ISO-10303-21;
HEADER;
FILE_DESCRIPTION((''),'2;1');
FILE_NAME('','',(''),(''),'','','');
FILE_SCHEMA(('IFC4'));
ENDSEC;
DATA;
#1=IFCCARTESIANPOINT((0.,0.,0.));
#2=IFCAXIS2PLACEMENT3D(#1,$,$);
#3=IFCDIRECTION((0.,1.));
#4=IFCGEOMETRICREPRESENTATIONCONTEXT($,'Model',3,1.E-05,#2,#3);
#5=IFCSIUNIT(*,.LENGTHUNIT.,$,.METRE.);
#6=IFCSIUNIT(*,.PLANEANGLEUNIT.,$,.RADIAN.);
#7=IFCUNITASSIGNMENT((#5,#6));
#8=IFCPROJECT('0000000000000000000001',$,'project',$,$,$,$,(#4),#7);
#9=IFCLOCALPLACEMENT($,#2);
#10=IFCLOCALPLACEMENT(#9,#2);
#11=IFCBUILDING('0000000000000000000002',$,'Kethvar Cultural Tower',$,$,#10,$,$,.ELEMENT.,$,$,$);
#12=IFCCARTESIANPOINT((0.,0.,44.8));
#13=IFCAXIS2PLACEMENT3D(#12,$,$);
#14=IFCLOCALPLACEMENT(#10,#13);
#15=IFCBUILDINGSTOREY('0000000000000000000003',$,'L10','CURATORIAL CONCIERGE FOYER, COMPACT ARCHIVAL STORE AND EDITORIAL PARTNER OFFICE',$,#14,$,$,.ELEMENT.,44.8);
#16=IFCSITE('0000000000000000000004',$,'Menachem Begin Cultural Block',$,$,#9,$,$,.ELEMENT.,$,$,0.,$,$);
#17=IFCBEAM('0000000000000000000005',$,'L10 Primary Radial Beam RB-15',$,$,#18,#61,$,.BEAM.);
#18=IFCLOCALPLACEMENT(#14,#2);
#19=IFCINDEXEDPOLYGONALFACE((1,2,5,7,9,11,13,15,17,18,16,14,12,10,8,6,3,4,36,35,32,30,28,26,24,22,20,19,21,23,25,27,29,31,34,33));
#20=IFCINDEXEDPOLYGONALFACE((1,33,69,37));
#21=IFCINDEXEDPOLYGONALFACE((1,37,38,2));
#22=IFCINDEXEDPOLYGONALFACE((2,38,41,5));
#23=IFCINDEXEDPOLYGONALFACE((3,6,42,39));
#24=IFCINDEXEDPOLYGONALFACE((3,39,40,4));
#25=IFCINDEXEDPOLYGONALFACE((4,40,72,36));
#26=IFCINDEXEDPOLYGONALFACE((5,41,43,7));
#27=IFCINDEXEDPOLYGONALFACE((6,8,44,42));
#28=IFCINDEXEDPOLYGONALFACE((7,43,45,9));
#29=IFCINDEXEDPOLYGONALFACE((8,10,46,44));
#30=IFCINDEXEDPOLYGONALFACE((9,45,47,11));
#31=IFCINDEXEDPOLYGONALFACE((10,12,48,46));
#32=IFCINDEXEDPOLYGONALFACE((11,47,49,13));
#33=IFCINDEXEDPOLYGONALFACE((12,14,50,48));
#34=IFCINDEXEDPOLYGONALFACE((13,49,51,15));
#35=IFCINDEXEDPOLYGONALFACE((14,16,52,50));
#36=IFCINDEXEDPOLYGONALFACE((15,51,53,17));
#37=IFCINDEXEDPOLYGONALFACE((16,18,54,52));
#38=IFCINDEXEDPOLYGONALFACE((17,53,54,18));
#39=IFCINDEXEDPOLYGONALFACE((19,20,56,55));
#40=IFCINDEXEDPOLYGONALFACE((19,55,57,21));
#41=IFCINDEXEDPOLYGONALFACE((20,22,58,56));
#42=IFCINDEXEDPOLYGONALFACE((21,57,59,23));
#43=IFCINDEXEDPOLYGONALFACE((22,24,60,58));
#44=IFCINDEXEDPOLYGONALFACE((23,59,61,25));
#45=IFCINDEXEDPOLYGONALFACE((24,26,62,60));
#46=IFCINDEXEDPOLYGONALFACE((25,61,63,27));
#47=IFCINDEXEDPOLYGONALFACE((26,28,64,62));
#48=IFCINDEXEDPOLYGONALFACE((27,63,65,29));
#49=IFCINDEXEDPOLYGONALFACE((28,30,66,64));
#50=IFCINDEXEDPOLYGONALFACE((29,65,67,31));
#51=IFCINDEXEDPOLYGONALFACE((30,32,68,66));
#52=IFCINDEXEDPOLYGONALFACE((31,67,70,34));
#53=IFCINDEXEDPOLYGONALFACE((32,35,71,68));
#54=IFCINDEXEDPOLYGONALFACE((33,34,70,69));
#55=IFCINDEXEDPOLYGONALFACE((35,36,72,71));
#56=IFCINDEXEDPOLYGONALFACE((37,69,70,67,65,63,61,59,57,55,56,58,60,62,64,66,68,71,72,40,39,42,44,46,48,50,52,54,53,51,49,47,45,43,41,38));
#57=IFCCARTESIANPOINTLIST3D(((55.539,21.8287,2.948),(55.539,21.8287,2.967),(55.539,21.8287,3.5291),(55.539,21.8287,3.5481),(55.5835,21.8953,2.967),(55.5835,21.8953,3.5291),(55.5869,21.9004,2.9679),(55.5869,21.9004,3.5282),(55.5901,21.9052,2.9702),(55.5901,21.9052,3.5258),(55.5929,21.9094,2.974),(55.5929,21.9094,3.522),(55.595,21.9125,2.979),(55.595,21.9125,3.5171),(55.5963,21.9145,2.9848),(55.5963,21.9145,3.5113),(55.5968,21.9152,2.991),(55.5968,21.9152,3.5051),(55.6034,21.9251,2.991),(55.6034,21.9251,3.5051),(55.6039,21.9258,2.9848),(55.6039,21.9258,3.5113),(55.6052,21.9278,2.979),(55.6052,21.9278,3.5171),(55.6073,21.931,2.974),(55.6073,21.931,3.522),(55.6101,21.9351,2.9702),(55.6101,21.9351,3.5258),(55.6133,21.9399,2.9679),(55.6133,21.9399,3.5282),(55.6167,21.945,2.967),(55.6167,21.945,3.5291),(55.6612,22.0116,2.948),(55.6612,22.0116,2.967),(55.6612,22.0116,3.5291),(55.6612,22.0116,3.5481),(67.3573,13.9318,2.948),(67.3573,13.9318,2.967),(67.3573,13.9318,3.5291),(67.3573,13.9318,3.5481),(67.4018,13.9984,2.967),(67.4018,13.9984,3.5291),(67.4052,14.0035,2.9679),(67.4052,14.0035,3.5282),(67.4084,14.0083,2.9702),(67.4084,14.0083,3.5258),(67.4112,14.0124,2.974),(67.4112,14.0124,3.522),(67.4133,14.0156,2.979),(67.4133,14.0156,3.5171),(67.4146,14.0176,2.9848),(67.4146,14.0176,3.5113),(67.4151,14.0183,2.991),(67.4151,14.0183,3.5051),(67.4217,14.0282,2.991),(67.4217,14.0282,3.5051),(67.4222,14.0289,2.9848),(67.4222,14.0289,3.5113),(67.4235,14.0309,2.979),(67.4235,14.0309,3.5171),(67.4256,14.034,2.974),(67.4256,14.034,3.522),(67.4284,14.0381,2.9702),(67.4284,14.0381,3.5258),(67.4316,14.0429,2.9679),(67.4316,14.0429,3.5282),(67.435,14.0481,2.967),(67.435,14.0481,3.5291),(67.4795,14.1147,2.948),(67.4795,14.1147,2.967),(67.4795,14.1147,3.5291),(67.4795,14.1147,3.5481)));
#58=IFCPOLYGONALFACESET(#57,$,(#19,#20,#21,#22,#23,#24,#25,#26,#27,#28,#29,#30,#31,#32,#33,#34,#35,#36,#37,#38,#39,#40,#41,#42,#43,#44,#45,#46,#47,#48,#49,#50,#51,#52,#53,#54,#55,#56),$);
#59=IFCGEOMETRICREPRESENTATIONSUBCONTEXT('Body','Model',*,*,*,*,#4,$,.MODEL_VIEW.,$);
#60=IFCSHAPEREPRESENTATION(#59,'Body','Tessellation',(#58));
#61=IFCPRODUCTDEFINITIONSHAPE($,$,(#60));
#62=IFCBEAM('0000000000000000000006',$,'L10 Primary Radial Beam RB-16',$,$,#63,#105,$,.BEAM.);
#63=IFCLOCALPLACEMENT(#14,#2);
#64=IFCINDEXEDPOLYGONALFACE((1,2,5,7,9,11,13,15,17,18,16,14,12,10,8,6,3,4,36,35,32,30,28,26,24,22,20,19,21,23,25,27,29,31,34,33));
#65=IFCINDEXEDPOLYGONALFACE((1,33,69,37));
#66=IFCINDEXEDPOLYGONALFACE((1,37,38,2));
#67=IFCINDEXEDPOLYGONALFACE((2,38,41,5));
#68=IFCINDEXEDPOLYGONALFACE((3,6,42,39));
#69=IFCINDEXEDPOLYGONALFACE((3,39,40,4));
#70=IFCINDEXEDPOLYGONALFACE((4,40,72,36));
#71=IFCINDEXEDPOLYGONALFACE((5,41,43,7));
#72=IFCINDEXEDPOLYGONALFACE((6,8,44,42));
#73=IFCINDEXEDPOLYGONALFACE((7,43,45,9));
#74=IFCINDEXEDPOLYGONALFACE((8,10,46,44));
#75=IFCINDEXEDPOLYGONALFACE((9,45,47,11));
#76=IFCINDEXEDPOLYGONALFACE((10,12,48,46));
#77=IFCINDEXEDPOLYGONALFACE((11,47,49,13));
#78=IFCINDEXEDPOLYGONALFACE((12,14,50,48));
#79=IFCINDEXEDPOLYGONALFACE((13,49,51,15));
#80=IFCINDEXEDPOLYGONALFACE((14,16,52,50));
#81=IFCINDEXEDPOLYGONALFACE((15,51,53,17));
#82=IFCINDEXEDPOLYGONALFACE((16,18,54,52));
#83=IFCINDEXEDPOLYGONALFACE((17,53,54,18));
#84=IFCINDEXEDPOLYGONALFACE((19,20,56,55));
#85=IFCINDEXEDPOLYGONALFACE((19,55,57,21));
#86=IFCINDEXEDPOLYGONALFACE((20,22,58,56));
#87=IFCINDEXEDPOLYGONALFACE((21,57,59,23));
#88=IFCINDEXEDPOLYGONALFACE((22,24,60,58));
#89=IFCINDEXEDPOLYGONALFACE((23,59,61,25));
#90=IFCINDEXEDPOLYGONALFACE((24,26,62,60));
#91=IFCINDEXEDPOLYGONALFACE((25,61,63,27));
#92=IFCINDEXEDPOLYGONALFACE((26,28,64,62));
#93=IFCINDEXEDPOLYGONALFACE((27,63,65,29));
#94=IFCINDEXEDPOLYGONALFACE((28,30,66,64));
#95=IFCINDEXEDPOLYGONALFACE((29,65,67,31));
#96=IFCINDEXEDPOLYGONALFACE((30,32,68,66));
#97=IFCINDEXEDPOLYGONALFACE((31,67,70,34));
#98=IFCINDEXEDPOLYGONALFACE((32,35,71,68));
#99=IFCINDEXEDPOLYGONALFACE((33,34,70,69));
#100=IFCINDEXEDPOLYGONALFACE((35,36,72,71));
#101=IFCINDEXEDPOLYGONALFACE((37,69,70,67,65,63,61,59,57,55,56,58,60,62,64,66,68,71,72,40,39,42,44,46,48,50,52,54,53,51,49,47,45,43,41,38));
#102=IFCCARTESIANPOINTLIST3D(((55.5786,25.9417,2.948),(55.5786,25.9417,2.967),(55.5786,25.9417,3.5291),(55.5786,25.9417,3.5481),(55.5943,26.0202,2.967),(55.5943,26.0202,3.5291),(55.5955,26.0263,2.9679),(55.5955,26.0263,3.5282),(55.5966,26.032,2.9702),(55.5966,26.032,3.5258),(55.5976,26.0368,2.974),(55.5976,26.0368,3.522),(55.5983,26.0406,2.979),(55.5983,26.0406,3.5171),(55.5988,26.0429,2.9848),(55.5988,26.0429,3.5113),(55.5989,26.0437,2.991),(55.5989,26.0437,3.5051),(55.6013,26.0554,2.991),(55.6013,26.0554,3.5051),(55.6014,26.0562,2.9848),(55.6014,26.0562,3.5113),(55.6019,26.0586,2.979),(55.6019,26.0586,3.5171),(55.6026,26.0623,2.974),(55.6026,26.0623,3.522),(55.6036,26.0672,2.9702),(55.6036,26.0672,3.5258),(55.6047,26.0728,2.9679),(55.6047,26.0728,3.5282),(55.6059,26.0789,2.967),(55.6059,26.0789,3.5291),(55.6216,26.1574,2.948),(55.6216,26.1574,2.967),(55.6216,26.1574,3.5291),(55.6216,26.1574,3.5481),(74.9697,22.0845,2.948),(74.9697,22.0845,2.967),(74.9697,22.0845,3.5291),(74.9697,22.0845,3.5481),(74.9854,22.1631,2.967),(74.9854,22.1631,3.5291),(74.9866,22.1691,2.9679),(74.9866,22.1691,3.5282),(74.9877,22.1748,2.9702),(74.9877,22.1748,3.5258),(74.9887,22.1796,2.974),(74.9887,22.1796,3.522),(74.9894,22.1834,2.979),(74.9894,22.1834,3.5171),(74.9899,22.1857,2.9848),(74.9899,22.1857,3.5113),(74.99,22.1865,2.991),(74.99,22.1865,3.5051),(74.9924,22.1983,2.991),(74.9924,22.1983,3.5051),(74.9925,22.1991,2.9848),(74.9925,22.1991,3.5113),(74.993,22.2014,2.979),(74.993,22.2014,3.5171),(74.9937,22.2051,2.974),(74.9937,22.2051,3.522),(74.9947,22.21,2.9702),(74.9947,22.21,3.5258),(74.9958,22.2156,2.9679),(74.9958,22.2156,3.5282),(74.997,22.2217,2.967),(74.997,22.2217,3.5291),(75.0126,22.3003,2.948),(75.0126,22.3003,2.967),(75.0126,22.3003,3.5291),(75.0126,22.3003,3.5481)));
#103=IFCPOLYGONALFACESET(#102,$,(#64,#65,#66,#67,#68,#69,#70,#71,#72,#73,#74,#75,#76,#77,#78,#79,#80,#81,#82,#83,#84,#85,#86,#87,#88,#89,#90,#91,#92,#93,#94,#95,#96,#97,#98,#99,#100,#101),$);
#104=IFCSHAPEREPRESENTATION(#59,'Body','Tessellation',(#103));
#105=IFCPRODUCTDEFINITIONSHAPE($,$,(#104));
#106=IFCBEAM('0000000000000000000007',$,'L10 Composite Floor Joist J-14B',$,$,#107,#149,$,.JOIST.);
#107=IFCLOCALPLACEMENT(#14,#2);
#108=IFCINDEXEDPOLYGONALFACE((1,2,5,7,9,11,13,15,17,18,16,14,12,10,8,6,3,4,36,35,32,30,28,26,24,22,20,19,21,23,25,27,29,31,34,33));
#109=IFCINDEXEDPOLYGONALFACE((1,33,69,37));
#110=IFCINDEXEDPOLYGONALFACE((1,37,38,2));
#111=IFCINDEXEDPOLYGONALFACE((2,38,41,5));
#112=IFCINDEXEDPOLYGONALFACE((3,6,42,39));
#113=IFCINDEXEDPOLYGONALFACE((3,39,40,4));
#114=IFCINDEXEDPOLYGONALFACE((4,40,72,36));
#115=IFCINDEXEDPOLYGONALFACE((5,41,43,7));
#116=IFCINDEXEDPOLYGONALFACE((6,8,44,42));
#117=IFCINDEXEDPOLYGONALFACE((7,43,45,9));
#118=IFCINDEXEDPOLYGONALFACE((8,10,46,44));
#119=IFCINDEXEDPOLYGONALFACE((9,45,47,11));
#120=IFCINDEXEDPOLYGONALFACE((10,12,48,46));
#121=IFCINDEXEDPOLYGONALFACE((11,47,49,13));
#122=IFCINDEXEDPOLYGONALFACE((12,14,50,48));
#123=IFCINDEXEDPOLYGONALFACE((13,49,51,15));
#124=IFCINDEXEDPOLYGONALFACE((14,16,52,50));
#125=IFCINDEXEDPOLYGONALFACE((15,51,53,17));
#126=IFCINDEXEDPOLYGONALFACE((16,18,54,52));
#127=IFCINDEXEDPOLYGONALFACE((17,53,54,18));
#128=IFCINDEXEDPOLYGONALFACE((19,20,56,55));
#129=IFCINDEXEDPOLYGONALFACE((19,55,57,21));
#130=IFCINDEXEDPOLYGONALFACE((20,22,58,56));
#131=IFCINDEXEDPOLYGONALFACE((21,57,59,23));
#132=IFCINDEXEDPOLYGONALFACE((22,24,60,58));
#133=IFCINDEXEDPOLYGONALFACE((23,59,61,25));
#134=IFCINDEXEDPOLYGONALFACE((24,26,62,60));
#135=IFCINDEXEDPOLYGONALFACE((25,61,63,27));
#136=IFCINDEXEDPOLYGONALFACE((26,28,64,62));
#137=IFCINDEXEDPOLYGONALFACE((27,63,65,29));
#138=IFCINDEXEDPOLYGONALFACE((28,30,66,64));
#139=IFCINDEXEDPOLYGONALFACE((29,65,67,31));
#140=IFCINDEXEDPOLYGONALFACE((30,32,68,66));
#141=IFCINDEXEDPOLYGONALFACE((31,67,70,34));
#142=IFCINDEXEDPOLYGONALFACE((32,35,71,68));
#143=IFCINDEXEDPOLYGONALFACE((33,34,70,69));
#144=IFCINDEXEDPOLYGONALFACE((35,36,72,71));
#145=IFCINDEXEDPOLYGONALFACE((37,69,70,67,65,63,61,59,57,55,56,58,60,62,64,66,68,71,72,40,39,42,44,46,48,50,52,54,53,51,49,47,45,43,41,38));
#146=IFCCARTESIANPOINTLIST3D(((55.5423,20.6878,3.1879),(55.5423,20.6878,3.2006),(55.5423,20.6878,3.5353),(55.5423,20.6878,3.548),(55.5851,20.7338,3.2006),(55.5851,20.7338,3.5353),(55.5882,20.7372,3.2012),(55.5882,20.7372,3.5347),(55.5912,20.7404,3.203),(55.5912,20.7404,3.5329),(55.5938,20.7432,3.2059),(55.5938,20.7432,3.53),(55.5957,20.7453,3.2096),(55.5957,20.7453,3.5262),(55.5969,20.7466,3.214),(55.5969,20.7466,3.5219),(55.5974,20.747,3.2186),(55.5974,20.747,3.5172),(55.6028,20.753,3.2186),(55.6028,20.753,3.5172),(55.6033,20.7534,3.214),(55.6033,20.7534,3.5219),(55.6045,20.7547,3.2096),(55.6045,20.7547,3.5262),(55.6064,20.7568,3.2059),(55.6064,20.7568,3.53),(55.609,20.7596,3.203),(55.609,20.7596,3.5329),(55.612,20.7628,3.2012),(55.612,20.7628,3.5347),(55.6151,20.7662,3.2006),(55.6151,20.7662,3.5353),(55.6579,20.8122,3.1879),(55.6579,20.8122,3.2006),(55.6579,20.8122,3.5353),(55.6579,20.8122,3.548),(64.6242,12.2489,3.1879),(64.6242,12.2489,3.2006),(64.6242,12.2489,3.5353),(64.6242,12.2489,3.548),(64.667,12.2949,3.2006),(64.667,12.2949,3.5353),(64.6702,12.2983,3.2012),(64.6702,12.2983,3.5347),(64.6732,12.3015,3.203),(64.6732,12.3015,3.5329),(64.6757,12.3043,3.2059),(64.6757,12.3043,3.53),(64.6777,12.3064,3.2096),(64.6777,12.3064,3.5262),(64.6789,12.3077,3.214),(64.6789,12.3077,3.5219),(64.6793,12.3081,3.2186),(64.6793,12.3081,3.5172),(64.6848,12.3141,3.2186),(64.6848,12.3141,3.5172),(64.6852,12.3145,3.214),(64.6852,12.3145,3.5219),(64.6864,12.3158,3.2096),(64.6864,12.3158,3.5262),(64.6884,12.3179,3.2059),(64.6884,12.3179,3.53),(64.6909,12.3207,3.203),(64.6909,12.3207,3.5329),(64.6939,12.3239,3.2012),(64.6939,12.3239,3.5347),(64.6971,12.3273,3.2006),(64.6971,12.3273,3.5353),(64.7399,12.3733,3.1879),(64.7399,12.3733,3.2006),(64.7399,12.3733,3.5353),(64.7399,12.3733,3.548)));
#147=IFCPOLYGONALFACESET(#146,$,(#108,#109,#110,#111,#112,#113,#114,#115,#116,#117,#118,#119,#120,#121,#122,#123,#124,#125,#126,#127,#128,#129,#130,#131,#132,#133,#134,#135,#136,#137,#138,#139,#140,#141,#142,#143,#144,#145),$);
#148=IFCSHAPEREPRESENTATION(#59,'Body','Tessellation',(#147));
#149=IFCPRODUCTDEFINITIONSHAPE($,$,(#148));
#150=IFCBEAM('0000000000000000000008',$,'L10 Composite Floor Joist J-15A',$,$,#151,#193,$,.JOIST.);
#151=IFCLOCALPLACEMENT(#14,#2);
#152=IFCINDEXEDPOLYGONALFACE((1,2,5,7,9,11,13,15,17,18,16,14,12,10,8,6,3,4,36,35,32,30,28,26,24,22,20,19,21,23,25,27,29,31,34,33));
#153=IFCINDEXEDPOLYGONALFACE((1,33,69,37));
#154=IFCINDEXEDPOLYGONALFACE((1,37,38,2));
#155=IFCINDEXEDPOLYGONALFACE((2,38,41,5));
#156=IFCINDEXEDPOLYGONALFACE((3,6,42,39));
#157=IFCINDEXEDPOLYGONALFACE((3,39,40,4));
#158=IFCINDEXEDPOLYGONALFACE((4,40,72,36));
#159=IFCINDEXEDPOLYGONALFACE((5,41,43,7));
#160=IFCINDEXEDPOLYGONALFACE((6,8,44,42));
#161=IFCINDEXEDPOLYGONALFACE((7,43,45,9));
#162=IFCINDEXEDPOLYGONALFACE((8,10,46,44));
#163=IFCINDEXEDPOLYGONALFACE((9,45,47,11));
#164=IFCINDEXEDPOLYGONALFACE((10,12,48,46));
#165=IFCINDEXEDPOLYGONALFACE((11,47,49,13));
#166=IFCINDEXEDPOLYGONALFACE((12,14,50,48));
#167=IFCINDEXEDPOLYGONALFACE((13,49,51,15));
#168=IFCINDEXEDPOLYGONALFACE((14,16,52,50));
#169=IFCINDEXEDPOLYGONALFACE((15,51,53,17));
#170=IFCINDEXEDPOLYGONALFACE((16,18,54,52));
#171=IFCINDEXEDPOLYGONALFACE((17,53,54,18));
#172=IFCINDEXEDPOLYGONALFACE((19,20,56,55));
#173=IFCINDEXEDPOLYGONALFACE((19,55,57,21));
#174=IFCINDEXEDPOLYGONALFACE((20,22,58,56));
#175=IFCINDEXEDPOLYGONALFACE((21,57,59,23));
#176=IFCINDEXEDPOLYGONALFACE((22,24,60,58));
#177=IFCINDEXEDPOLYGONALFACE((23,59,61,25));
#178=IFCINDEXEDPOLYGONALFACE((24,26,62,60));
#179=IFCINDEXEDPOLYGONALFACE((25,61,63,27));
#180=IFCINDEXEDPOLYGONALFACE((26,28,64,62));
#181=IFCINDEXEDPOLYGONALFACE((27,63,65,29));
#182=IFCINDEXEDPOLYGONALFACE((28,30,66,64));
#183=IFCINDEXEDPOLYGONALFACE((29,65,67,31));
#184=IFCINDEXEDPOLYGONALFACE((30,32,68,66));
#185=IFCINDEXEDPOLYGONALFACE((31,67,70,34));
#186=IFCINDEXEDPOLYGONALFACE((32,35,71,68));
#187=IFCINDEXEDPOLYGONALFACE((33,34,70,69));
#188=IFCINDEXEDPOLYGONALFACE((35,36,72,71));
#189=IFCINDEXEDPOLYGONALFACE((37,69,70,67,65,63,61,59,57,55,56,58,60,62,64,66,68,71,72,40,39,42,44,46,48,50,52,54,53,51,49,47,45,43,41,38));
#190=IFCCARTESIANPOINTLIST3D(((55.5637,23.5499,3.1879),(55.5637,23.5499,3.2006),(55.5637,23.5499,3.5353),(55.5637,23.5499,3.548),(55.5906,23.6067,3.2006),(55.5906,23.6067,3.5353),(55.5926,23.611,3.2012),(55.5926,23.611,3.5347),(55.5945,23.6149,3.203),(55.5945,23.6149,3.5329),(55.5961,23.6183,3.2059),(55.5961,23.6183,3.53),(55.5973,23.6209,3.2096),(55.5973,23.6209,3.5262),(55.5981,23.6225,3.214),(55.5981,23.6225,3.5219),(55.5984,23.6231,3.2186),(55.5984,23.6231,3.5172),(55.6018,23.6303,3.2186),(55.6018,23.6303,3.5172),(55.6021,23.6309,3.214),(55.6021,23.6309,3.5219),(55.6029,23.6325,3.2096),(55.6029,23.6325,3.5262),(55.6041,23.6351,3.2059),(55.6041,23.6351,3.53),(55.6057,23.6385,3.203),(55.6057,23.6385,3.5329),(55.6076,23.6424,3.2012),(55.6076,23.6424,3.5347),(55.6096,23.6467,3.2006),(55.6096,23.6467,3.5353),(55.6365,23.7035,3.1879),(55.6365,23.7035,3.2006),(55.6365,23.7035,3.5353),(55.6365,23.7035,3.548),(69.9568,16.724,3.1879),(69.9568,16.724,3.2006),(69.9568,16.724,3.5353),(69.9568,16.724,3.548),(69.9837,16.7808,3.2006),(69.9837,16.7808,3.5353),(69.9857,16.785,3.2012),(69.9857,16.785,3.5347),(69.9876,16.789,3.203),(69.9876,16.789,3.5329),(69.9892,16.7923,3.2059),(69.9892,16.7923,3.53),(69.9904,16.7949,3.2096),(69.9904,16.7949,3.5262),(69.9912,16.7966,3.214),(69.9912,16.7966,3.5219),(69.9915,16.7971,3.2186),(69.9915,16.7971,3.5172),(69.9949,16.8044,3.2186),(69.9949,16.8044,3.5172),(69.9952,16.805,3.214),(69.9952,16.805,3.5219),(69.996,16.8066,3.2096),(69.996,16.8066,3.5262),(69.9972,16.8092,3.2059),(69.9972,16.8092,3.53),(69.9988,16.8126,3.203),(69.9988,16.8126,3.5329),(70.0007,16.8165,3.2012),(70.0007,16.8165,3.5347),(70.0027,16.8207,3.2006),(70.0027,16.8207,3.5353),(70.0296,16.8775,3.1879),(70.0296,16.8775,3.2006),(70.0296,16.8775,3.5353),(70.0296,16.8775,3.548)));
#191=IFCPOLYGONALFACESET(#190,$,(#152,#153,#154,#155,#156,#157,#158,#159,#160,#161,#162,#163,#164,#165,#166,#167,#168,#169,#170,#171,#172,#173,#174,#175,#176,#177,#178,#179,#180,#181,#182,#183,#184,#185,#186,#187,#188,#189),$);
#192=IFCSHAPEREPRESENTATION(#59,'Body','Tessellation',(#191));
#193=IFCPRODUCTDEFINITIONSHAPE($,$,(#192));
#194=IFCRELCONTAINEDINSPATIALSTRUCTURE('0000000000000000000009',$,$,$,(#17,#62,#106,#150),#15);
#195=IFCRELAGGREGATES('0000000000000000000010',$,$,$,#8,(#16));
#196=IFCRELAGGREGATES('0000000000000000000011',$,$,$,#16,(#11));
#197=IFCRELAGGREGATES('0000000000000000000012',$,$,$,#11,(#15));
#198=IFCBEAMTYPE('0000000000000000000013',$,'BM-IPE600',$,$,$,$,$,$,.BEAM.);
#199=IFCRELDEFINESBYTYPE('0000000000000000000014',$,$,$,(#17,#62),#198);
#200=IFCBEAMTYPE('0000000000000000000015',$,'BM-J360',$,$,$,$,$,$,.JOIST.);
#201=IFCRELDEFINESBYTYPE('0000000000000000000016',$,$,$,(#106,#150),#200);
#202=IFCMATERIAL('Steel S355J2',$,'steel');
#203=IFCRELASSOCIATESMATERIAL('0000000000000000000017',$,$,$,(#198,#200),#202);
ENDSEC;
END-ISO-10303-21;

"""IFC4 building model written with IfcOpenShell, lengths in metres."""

from ifc_helpers import new_model, si_unit, direction, frame, origin, origin_2d, place, context, subcontext, project, spatial, i_section, extrude, source, transform, mapped, material, material_profile, profile_set, type_object, element, save


model = new_model("IFC4")

# Units and contexts
model_context = context("Model", 3, precision=1e-05, world=origin(), true_north=direction((0.0, 1.0)))
body_context = subcontext(model_context, "Body", "Model", "MODEL_VIEW")
ifc_project = project(units=[si_unit("LENGTHUNIT", "METRE"), si_unit("PLANEANGLEUNIT", "RADIAN")], contexts=[model_context])

# Site, building, storey
site_placement = place(None, origin())
site = spatial("IfcSite", under=ifc_project, at=site_placement, Name="Menachem Begin Cultural Block", CompositionType="ELEMENT", RefElevation=0.0)
building_placement = place(site_placement, origin())
building = spatial("IfcBuilding", under=site, at=building_placement, Name="Kethvar Cultural Tower", CompositionType="ELEMENT")
storey_placement = place(building_placement, frame((0.0, 0.0, 44.8)))
storey = spatial("IfcBuildingStorey", under=building, at=storey_placement, Name="L10", Description="CURATORIAL CONCIERGE FOYER, COMPACT ARCHIVAL STORE AND EDITORIAL PARTNER OFFICE", CompositionType="ELEMENT", Elevation=44.8)

# Beams
ifc_material_1 = material(Name="Steel S355J2", Category="steel")
ifc_material_profile_1 = material_profile(ifc_material_1, i_section(OverallWidth=0.22, OverallDepth=0.6001, WebThickness=0.012, FlangeThickness=0.019, FilletRadius=0.0239, at=origin_2d()), Name="Steel S355J2 — IPE600")
ifc_profile_set_1 = profile_set([ifc_material_profile_1], Name="Steel S355J2 — IPE600")
beam_type_1 = type_object("IfcBeamType", Name="BM-IPE600", PredefinedType="BEAM", material=ifc_profile_set_1)
shared_shape_1 = source(origin(), body_context, "Body", "SweptSolid", [
    extrude(i_section(OverallWidth=0.22, OverallDepth=0.6001, WebThickness=0.012, FlangeThickness=0.019, FilletRadius=0.0239, at=origin_2d()), origin(), (0.0, 0.0, 1.0), 14.2139),
])
beam_1_placement = place(storey_placement, frame((55.6001, 21.9202, 3.248), z_axis=(0.831463, -0.55558, 0.0), x_axis=(0.55558, 0.831463, 0.0)))
element("IfcBeam", 1, at=beam_1_placement, inside=storey, type_object=beam_type_1, Name="L10 Primary Radial Beam RB-15", PredefinedType="BEAM", context=body_context, shape_type="MappedRepresentation", body=[
    mapped(shared_shape_1, transform((0.0, 0.0, 0.0), scale=1.0)),
])
shared_shape_2 = source(origin(), body_context, "Body", "SweptSolid", [
    extrude(i_section(OverallWidth=0.22, OverallDepth=0.6001, WebThickness=0.012, FlangeThickness=0.019, FilletRadius=0.0239, at=origin_2d()), origin(), (0.0, 0.0, 1.0), 19.771),
])
beam_2_placement = place(storey_placement, frame((55.6001, 26.0496, 3.248), z_axis=(0.980785, -0.195093, 0.0), x_axis=(0.195093, 0.980785, 0.0)))
element("IfcBeam", 2, at=beam_2_placement, inside=storey, type_object=beam_type_1, Name="L10 Primary Radial Beam RB-16", PredefinedType="BEAM", context=body_context, shape_type="MappedRepresentation", body=[
    mapped(shared_shape_2, transform((0.0, 0.0, 0.0), scale=1.0)),
])
ifc_material_profile_2 = material_profile(ifc_material_1, i_section(OverallWidth=0.1699, OverallDepth=0.3601, WebThickness=0.0081, FlangeThickness=0.0127, FilletRadius=0.0181, at=origin_2d()), Name="Steel S355J2 — IPE360")
ifc_profile_set_2 = profile_set([ifc_material_profile_2], Name="Steel S355J2 — IPE360")
beam_type_2 = type_object("IfcBeamType", Name="BM-J360", PredefinedType="JOIST", material=ifc_profile_set_2)
shared_shape_3 = source(origin(), body_context, "Body", "SweptSolid", [
    extrude(i_section(OverallWidth=0.1699, OverallDepth=0.3601, WebThickness=0.0081, FlangeThickness=0.0127, FilletRadius=0.0181, at=origin_2d()), origin(), (0.0, 0.0, 1.0), 12.3975),
])
beam_3_placement = place(storey_placement, frame((55.6001, 20.75, 3.3679), z_axis=(0.732566, -0.680696, 0.0), x_axis=(0.680696, 0.732566, 0.0)))
element("IfcBeam", 3, at=beam_3_placement, inside=storey, type_object=beam_type_2, Name="L10 Composite Floor Joist J-14B", PredefinedType="JOIST", context=body_context, shape_type="MappedRepresentation", body=[
    mapped(shared_shape_3, transform((0.0, 0.0, 0.0), scale=1.0)),
])
shared_shape_4 = source(origin(), body_context, "Body", "SweptSolid", [
    extrude(i_section(OverallWidth=0.1699, OverallDepth=0.3601, WebThickness=0.0081, FlangeThickness=0.0127, FilletRadius=0.0181, at=origin_2d()), origin(), (0.0, 0.0, 1.0), 15.9297),
])
beam_4_placement = place(storey_placement, frame((55.6001, 23.6267, 3.3679), z_axis=(0.90354, -0.428505, 0.0), x_axis=(0.428505, 0.90354, 0.0)))
element("IfcBeam", 4, at=beam_4_placement, inside=storey, type_object=beam_type_2, Name="L10 Composite Floor Joist J-15A", PredefinedType="JOIST", context=body_context, shape_type="MappedRepresentation", body=[
    mapped(shared_shape_4, transform((0.0, 0.0, 0.0), scale=1.0)),
])

save(model, "model.ifc")
